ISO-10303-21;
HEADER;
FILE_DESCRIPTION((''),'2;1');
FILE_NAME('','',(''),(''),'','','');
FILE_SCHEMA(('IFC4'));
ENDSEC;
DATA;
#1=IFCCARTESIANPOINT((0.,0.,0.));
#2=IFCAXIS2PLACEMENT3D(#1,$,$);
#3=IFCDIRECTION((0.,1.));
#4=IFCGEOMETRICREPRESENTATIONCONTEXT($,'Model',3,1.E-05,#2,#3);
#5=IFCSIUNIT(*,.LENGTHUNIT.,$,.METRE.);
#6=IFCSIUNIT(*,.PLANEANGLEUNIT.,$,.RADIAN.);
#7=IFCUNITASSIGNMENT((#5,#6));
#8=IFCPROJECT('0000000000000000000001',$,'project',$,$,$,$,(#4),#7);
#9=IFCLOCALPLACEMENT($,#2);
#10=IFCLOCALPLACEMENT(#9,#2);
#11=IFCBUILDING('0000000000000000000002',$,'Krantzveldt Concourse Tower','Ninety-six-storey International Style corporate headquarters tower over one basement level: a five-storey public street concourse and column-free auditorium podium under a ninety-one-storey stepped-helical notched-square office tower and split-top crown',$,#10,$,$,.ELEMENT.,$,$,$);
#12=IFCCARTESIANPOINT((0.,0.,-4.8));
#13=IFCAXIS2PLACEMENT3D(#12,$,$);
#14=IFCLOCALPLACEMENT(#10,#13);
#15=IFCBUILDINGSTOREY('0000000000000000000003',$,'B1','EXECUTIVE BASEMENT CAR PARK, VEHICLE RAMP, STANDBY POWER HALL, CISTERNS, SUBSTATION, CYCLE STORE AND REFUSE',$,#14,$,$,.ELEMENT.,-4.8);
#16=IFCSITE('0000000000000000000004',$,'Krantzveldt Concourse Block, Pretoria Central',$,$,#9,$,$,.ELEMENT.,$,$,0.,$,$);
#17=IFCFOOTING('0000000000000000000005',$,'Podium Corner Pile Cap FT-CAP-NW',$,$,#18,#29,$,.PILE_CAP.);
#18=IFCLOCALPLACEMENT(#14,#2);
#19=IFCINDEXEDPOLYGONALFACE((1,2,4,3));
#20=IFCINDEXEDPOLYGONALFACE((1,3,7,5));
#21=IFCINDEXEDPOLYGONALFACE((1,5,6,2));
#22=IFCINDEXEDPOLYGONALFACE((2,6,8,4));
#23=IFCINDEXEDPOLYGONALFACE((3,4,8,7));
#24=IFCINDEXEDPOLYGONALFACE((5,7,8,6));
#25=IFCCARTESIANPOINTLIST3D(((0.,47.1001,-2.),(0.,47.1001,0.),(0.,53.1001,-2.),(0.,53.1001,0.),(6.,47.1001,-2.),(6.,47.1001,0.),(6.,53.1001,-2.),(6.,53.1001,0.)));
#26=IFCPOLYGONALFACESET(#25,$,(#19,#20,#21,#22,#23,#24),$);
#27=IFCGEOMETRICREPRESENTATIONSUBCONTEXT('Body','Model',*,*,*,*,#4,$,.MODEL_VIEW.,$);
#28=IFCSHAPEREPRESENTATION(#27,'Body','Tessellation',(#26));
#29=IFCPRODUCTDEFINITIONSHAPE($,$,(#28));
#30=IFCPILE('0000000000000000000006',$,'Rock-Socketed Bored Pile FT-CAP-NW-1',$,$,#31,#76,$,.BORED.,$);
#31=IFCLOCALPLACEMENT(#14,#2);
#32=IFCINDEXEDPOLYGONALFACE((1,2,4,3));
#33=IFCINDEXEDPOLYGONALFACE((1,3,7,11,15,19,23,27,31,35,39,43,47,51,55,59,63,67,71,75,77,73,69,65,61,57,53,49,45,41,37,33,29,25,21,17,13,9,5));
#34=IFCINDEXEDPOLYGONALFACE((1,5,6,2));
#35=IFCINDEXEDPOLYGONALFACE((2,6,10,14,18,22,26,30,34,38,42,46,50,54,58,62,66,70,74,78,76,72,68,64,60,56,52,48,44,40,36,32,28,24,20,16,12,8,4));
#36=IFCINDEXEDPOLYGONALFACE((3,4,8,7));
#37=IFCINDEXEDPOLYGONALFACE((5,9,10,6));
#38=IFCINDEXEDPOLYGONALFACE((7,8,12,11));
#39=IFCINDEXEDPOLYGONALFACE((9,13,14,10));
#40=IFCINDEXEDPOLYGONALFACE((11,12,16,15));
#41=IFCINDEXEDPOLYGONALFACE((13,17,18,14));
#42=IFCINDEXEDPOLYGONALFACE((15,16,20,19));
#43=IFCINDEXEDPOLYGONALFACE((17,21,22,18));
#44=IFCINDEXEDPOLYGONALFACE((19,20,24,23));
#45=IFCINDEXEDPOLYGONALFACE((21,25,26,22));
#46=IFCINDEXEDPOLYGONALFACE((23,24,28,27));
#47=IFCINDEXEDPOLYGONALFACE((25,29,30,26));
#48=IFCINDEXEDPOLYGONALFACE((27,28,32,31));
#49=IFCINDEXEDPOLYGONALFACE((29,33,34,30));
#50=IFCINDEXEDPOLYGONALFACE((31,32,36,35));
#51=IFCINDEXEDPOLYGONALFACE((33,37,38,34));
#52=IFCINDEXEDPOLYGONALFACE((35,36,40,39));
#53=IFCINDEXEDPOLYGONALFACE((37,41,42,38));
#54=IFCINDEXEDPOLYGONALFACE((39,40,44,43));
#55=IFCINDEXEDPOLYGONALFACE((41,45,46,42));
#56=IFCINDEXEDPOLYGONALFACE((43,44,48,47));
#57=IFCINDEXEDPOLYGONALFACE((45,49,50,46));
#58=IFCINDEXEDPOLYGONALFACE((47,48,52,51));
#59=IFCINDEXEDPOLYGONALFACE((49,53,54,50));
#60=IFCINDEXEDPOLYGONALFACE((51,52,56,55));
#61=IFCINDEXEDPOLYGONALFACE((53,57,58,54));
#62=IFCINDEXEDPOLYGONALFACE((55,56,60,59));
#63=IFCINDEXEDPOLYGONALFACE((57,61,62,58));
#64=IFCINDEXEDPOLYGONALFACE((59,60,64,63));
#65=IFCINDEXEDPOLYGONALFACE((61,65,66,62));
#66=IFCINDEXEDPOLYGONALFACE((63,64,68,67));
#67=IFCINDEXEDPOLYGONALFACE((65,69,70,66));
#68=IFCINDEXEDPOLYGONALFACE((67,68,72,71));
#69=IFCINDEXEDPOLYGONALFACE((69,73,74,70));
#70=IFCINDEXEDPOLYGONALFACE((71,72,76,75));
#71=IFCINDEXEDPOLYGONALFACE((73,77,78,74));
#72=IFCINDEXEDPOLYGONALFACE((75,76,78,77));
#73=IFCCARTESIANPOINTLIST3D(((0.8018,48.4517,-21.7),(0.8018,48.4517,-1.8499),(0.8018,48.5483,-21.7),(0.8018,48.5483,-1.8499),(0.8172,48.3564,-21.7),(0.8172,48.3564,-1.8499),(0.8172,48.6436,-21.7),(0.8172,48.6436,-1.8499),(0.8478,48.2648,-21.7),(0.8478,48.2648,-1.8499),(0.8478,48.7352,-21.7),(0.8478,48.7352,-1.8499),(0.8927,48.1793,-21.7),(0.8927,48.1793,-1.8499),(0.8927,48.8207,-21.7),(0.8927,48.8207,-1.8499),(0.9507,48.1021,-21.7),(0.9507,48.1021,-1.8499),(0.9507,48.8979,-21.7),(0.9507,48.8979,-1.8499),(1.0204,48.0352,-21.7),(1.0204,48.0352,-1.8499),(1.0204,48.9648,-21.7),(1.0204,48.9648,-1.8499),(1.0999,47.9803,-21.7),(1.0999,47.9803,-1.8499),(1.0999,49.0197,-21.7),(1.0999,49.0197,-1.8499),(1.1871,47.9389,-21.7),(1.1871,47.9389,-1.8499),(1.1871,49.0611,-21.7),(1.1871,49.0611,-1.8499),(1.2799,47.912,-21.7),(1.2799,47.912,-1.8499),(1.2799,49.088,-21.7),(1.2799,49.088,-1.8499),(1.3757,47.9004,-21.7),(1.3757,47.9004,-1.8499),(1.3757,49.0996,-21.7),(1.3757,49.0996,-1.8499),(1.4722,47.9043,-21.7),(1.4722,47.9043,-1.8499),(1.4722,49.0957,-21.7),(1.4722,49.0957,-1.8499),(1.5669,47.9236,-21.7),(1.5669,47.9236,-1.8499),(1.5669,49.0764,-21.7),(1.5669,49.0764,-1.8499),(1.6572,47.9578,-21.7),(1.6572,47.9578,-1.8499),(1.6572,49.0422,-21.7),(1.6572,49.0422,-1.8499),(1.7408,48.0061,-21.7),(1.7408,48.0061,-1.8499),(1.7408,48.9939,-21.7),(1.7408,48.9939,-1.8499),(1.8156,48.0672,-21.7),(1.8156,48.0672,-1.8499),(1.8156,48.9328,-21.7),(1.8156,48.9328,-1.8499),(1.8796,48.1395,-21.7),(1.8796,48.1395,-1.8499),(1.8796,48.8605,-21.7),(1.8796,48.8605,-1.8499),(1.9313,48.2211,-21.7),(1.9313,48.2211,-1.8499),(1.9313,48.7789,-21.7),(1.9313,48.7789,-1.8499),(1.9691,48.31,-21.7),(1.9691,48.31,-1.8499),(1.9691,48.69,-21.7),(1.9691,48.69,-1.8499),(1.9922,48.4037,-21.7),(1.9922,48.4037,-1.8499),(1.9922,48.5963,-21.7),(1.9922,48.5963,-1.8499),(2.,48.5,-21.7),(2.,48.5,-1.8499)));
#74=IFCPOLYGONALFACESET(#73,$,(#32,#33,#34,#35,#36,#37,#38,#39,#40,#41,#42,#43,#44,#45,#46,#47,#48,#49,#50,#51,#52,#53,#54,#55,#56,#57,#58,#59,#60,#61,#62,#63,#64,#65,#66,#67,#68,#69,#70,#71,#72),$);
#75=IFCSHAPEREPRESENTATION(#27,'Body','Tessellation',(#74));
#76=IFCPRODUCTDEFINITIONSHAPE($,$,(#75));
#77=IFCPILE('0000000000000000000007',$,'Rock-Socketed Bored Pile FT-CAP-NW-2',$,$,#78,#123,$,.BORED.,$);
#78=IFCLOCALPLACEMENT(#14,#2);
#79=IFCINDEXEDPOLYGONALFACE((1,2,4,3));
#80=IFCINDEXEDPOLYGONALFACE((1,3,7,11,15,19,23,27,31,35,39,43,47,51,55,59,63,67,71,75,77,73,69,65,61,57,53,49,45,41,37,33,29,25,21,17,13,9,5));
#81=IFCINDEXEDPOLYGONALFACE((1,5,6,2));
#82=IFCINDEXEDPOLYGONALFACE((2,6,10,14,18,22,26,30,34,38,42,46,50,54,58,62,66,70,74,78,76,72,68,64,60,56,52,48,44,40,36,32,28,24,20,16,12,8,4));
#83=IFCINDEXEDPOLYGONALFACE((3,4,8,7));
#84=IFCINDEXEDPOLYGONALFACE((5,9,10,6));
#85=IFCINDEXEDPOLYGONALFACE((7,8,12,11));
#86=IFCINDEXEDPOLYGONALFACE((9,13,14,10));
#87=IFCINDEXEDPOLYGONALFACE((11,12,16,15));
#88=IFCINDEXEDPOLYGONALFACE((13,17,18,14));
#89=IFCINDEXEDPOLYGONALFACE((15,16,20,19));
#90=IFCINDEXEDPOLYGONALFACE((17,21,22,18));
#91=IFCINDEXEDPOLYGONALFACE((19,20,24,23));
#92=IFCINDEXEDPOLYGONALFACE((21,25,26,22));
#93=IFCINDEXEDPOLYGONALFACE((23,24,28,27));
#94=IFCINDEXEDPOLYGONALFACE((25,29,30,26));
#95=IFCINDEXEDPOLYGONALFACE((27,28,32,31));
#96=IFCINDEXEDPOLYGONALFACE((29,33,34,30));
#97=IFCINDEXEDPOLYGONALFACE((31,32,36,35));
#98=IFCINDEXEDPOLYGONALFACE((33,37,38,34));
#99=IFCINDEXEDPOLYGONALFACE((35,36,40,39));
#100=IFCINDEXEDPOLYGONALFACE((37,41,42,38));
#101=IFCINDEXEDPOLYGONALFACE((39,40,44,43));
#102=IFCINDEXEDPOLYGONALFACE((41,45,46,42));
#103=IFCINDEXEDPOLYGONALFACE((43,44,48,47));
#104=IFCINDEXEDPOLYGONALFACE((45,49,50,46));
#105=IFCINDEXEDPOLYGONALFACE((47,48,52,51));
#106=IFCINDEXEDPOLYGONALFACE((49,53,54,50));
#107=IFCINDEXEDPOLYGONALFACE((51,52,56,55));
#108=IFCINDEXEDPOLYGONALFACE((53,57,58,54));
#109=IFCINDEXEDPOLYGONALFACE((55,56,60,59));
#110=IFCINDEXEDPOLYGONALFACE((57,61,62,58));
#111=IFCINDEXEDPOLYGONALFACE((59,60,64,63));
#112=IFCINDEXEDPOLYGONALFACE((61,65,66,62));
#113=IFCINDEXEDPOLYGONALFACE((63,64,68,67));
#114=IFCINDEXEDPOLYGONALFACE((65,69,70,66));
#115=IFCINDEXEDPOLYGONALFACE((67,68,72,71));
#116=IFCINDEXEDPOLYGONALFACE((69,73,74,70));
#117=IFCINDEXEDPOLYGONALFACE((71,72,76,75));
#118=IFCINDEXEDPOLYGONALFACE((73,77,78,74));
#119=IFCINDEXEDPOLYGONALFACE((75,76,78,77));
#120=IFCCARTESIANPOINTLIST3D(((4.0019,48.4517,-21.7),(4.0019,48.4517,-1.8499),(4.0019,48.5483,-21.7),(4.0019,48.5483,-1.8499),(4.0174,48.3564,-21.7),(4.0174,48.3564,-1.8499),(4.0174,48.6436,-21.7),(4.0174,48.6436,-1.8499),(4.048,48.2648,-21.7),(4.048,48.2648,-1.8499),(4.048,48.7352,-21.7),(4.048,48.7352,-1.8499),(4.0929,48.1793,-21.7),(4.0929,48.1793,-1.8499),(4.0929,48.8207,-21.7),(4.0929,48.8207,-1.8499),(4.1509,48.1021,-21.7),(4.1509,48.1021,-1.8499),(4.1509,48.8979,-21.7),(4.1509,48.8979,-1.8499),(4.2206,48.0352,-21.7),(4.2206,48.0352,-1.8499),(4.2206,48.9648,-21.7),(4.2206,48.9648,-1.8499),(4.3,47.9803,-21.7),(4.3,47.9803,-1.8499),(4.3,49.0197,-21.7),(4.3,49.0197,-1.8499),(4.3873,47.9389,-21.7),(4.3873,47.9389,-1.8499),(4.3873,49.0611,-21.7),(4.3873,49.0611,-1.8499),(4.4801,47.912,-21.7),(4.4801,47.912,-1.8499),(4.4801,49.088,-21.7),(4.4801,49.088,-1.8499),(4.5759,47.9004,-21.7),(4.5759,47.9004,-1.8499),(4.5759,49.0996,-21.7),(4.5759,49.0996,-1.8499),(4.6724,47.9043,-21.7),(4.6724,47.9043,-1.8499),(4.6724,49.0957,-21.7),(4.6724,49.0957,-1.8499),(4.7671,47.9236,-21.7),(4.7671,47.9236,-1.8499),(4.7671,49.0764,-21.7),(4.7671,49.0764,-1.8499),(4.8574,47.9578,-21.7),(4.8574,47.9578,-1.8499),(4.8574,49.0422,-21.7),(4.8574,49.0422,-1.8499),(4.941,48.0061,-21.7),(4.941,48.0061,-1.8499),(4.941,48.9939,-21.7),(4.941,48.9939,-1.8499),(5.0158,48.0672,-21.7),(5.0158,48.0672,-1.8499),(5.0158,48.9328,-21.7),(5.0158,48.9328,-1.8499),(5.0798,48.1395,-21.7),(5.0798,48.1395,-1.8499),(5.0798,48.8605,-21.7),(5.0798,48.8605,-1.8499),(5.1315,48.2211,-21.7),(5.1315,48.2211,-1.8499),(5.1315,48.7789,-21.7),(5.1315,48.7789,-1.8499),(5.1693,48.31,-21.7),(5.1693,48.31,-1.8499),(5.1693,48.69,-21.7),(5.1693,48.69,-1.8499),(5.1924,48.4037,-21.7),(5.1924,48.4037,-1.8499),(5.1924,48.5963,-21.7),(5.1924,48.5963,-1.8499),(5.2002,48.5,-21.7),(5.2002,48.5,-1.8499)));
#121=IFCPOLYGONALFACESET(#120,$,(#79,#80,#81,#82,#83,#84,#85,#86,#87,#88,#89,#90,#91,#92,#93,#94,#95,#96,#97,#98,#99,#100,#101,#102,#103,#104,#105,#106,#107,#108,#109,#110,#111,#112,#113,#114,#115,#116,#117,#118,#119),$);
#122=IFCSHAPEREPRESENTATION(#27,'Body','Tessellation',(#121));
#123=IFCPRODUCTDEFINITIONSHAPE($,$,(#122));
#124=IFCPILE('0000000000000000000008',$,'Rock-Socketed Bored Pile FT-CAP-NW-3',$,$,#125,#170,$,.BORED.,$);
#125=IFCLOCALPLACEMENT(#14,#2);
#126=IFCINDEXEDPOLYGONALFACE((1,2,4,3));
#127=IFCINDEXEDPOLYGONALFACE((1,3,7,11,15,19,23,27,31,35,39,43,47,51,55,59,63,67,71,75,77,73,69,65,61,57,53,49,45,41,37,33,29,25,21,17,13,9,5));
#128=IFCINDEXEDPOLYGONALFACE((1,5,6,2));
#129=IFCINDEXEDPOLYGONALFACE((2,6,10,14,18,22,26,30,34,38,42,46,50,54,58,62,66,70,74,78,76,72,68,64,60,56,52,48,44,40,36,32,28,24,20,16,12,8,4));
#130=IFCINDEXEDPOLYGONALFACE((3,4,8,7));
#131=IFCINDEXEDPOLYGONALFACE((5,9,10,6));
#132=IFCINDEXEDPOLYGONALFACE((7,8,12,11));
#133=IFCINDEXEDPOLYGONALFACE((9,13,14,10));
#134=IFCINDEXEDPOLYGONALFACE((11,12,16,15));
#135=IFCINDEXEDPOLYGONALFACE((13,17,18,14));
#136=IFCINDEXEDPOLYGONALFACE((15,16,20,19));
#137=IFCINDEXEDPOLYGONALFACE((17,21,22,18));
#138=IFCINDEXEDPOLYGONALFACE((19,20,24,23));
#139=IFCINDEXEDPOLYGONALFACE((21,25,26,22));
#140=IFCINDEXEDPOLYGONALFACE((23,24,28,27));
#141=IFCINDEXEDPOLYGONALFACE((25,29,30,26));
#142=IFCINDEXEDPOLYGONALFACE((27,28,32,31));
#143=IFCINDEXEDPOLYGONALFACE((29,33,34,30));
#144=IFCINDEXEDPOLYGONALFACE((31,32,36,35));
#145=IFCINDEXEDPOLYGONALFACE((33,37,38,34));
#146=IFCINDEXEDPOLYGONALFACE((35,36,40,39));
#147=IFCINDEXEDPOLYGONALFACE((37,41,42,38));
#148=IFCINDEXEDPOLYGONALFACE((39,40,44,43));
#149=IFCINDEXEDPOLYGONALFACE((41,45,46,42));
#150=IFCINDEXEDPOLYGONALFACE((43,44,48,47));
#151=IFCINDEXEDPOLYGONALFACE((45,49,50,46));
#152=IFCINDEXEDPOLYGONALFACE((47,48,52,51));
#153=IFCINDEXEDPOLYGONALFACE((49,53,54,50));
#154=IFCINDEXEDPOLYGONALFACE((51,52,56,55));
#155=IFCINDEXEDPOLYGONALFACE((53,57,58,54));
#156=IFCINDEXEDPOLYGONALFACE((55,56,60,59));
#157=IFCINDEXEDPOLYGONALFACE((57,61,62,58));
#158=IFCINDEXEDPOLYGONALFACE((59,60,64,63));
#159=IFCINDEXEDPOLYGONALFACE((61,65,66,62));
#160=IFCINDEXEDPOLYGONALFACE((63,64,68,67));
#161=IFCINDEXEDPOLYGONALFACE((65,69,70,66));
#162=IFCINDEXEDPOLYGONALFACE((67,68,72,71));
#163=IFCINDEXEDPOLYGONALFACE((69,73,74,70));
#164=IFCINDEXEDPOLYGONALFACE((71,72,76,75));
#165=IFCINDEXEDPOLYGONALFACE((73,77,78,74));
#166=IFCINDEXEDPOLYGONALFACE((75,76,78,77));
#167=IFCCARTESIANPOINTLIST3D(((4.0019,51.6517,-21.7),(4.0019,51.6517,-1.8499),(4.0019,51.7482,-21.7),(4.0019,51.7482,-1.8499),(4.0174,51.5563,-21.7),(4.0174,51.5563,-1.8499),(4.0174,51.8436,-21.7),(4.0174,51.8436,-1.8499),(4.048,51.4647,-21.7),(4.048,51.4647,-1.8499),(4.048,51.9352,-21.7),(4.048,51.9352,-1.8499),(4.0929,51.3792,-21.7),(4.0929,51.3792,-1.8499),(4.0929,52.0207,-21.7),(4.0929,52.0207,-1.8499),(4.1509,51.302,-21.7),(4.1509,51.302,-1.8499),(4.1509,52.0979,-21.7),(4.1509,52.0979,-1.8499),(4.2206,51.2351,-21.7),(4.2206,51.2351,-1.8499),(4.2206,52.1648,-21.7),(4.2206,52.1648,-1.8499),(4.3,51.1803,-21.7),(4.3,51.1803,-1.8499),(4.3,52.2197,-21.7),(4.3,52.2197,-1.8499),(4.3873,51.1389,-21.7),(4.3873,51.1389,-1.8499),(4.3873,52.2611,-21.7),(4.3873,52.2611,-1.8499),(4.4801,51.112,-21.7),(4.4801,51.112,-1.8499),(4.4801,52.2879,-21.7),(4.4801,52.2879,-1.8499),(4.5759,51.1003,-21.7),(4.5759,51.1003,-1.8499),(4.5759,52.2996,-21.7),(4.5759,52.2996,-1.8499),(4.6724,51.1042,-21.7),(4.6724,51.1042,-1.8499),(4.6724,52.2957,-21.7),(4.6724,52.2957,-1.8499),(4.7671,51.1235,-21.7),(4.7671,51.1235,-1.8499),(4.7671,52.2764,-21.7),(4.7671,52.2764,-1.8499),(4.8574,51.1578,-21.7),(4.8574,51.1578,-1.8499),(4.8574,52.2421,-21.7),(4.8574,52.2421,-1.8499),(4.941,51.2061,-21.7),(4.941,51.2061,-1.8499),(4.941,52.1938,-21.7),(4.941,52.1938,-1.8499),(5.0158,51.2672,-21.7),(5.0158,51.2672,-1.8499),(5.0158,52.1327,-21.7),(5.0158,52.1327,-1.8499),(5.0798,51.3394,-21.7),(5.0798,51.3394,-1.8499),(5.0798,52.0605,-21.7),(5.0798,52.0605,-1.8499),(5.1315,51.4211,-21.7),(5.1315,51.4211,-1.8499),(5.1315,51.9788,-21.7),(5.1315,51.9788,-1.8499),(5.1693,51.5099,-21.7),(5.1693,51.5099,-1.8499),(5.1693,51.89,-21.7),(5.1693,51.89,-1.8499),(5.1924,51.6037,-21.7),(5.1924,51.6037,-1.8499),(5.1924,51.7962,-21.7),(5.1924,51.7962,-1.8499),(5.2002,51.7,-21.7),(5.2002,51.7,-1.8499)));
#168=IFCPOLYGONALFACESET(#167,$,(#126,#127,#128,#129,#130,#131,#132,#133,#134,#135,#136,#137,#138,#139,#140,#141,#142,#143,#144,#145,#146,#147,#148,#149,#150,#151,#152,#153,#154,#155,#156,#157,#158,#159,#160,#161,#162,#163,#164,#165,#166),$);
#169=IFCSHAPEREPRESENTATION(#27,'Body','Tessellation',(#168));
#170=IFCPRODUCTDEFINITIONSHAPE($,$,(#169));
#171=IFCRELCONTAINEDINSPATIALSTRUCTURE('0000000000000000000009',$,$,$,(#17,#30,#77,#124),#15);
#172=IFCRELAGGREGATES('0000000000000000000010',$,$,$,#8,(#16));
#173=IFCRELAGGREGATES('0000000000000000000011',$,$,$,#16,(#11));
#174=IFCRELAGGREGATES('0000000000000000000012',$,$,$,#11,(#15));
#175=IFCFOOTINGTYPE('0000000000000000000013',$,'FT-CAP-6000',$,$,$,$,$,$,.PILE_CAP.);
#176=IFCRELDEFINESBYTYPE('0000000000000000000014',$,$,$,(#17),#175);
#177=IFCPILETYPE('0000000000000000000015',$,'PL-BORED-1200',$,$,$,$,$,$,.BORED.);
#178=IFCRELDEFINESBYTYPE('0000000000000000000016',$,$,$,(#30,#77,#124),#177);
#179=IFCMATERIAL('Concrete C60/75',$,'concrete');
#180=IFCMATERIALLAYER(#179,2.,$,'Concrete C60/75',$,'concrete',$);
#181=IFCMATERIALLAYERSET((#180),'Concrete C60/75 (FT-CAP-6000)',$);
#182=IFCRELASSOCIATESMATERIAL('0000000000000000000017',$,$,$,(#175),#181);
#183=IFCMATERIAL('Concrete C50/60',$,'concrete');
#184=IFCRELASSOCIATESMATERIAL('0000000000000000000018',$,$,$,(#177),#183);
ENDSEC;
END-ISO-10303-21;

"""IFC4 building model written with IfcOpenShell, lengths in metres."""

from ifc_helpers import new_model, si_unit, direction, frame, origin, origin_2d, place, context, subcontext, project, spatial, rectangle, circle, extrude, source, transform, mapped, material, layer, layer_set, material_profile, profile_set, type_object, type_shapes, element, save


model = new_model("IFC4")

# Units and contexts
model_context = context("Model", 3, precision=1e-05, world=origin(), true_north=direction((0.0, 1.0)))
body_context = subcontext(model_context, "Body", "Model", "MODEL_VIEW")
ifc_project = project(units=[si_unit("LENGTHUNIT", "METRE"), si_unit("PLANEANGLEUNIT", "RADIAN")], contexts=[model_context])

# Site, building, storey
site_placement = place(None, origin())
site = spatial("IfcSite", under=ifc_project, at=site_placement, Name="Krantzveldt Concourse Block, Pretoria Central", CompositionType="ELEMENT", RefElevation=0.0)
building_placement = place(site_placement, origin())
building = spatial("IfcBuilding", under=site, at=building_placement, Name="Krantzveldt Concourse Tower", Description="Ninety-six-storey International Style corporate headquarters tower over one basement level: a five-storey public street concourse and column-free auditorium podium under a ninety-one-storey stepped-helical notched-square office tower and split-top crown", CompositionType="ELEMENT")
storey_placement = place(building_placement, frame((0.0, 0.0, -4.8)))
storey = spatial("IfcBuildingStorey", under=building, at=storey_placement, Name="B1", Description="EXECUTIVE BASEMENT CAR PARK, VEHICLE RAMP, STANDBY POWER HALL, CISTERNS, SUBSTATION, CYCLE STORE AND REFUSE", CompositionType="ELEMENT", Elevation=-4.8)

# Footing
ifc_material_1 = material(Name="Concrete C60/75", Category="concrete")
ifc_layer_1 = layer(ifc_material_1, 2.0, Name="Concrete C60/75", Category="concrete")
ifc_layer_set_1 = layer_set([ifc_layer_1], Name="Concrete C60/75 (FT-CAP-6000)")
footing_type_1 = type_object("IfcFootingType", Name="FT-CAP-6000", PredefinedType="PILE_CAP", material=ifc_layer_set_1)
shared_shape_1 = source(origin(), body_context, "Body", "SweptSolid", [
    extrude(rectangle(XDim=6.0, YDim=6.0, at=origin_2d()), origin(), (0.0, 0.0, 1.0), 2.0),
])
type_shapes(footing_type_1, [shared_shape_1])
footing_1_placement = place(storey_placement, frame((3.0, 50.1001, -2.0), z_axis=(0.0, 0.0, 1.0), x_axis=(1.0, 0.0, 0.0)))
element("IfcFooting", 1, at=footing_1_placement, inside=storey, type_object=footing_type_1, Name="Podium Corner Pile Cap FT-CAP-NW", PredefinedType="PILE_CAP", context=body_context, shape_type="MappedRepresentation", body=[
    mapped(shared_shape_1, transform((0.0, 0.0, 0.0), x_axis=(1.0, 0.0, 0.0), y_axis=(0.0, 1.0, 0.0), z_axis=(0.0, 0.0, 1.0), scale=1.0)),
])

# Piles
ifc_material_2 = material(Name="Concrete C50/60", Category="concrete")
ifc_material_profile_1 = material_profile(ifc_material_2, circle(Radius=0.6001, at=origin_2d()), Name="Concrete C50/60", Category="concrete")
ifc_profile_set_1 = profile_set([ifc_material_profile_1], Name="Concrete C50/60 - PILE D1200")
pile_type = type_object("IfcPileType", Name="PL-BORED-1200", PredefinedType="BORED", material=ifc_profile_set_1)
shared_shape_2 = source(origin(), body_context, "Body", "SweptSolid", [
    extrude(circle(Radius=0.6001, at=origin_2d()), origin(), (0.0, 0.0, 1.0), 19.8501),
])
for number, where, z_axis, x_axis, name in (
    (2, (1.3999, 48.5, -1.8499), (0.0, 0.0, -1.0), (1.0, 0.0, 0.0), "Rock-Socketed Bored Pile FT-CAP-NW-1"),
    (3, (4.6001, 48.5, -1.8499), (0.0, 0.0, -1.0), (1.0, 0.0, 0.0), "Rock-Socketed Bored Pile FT-CAP-NW-2"),
    (4, (4.6001, 51.7, -1.8499), (0.0, 0.0, -1.0), (1.0, 0.0, 0.0), "Rock-Socketed Bored Pile FT-CAP-NW-3"),
):
    element("IfcPile", number, at=place(storey_placement, frame(where, z_axis=z_axis, x_axis=x_axis)), inside=storey, type_object=pile_type, Name=name, PredefinedType="BORED", context=body_context, shape_type="MappedRepresentation", body=[
        mapped(shared_shape_2, transform((0.0, 0.0, 0.0), x_axis=(1.0, 0.0, 0.0), y_axis=(0.0, 1.0, 0.0), z_axis=(0.0, 0.0, 1.0), scale=1.0)),
    ])

save(model, "model.ifc")
